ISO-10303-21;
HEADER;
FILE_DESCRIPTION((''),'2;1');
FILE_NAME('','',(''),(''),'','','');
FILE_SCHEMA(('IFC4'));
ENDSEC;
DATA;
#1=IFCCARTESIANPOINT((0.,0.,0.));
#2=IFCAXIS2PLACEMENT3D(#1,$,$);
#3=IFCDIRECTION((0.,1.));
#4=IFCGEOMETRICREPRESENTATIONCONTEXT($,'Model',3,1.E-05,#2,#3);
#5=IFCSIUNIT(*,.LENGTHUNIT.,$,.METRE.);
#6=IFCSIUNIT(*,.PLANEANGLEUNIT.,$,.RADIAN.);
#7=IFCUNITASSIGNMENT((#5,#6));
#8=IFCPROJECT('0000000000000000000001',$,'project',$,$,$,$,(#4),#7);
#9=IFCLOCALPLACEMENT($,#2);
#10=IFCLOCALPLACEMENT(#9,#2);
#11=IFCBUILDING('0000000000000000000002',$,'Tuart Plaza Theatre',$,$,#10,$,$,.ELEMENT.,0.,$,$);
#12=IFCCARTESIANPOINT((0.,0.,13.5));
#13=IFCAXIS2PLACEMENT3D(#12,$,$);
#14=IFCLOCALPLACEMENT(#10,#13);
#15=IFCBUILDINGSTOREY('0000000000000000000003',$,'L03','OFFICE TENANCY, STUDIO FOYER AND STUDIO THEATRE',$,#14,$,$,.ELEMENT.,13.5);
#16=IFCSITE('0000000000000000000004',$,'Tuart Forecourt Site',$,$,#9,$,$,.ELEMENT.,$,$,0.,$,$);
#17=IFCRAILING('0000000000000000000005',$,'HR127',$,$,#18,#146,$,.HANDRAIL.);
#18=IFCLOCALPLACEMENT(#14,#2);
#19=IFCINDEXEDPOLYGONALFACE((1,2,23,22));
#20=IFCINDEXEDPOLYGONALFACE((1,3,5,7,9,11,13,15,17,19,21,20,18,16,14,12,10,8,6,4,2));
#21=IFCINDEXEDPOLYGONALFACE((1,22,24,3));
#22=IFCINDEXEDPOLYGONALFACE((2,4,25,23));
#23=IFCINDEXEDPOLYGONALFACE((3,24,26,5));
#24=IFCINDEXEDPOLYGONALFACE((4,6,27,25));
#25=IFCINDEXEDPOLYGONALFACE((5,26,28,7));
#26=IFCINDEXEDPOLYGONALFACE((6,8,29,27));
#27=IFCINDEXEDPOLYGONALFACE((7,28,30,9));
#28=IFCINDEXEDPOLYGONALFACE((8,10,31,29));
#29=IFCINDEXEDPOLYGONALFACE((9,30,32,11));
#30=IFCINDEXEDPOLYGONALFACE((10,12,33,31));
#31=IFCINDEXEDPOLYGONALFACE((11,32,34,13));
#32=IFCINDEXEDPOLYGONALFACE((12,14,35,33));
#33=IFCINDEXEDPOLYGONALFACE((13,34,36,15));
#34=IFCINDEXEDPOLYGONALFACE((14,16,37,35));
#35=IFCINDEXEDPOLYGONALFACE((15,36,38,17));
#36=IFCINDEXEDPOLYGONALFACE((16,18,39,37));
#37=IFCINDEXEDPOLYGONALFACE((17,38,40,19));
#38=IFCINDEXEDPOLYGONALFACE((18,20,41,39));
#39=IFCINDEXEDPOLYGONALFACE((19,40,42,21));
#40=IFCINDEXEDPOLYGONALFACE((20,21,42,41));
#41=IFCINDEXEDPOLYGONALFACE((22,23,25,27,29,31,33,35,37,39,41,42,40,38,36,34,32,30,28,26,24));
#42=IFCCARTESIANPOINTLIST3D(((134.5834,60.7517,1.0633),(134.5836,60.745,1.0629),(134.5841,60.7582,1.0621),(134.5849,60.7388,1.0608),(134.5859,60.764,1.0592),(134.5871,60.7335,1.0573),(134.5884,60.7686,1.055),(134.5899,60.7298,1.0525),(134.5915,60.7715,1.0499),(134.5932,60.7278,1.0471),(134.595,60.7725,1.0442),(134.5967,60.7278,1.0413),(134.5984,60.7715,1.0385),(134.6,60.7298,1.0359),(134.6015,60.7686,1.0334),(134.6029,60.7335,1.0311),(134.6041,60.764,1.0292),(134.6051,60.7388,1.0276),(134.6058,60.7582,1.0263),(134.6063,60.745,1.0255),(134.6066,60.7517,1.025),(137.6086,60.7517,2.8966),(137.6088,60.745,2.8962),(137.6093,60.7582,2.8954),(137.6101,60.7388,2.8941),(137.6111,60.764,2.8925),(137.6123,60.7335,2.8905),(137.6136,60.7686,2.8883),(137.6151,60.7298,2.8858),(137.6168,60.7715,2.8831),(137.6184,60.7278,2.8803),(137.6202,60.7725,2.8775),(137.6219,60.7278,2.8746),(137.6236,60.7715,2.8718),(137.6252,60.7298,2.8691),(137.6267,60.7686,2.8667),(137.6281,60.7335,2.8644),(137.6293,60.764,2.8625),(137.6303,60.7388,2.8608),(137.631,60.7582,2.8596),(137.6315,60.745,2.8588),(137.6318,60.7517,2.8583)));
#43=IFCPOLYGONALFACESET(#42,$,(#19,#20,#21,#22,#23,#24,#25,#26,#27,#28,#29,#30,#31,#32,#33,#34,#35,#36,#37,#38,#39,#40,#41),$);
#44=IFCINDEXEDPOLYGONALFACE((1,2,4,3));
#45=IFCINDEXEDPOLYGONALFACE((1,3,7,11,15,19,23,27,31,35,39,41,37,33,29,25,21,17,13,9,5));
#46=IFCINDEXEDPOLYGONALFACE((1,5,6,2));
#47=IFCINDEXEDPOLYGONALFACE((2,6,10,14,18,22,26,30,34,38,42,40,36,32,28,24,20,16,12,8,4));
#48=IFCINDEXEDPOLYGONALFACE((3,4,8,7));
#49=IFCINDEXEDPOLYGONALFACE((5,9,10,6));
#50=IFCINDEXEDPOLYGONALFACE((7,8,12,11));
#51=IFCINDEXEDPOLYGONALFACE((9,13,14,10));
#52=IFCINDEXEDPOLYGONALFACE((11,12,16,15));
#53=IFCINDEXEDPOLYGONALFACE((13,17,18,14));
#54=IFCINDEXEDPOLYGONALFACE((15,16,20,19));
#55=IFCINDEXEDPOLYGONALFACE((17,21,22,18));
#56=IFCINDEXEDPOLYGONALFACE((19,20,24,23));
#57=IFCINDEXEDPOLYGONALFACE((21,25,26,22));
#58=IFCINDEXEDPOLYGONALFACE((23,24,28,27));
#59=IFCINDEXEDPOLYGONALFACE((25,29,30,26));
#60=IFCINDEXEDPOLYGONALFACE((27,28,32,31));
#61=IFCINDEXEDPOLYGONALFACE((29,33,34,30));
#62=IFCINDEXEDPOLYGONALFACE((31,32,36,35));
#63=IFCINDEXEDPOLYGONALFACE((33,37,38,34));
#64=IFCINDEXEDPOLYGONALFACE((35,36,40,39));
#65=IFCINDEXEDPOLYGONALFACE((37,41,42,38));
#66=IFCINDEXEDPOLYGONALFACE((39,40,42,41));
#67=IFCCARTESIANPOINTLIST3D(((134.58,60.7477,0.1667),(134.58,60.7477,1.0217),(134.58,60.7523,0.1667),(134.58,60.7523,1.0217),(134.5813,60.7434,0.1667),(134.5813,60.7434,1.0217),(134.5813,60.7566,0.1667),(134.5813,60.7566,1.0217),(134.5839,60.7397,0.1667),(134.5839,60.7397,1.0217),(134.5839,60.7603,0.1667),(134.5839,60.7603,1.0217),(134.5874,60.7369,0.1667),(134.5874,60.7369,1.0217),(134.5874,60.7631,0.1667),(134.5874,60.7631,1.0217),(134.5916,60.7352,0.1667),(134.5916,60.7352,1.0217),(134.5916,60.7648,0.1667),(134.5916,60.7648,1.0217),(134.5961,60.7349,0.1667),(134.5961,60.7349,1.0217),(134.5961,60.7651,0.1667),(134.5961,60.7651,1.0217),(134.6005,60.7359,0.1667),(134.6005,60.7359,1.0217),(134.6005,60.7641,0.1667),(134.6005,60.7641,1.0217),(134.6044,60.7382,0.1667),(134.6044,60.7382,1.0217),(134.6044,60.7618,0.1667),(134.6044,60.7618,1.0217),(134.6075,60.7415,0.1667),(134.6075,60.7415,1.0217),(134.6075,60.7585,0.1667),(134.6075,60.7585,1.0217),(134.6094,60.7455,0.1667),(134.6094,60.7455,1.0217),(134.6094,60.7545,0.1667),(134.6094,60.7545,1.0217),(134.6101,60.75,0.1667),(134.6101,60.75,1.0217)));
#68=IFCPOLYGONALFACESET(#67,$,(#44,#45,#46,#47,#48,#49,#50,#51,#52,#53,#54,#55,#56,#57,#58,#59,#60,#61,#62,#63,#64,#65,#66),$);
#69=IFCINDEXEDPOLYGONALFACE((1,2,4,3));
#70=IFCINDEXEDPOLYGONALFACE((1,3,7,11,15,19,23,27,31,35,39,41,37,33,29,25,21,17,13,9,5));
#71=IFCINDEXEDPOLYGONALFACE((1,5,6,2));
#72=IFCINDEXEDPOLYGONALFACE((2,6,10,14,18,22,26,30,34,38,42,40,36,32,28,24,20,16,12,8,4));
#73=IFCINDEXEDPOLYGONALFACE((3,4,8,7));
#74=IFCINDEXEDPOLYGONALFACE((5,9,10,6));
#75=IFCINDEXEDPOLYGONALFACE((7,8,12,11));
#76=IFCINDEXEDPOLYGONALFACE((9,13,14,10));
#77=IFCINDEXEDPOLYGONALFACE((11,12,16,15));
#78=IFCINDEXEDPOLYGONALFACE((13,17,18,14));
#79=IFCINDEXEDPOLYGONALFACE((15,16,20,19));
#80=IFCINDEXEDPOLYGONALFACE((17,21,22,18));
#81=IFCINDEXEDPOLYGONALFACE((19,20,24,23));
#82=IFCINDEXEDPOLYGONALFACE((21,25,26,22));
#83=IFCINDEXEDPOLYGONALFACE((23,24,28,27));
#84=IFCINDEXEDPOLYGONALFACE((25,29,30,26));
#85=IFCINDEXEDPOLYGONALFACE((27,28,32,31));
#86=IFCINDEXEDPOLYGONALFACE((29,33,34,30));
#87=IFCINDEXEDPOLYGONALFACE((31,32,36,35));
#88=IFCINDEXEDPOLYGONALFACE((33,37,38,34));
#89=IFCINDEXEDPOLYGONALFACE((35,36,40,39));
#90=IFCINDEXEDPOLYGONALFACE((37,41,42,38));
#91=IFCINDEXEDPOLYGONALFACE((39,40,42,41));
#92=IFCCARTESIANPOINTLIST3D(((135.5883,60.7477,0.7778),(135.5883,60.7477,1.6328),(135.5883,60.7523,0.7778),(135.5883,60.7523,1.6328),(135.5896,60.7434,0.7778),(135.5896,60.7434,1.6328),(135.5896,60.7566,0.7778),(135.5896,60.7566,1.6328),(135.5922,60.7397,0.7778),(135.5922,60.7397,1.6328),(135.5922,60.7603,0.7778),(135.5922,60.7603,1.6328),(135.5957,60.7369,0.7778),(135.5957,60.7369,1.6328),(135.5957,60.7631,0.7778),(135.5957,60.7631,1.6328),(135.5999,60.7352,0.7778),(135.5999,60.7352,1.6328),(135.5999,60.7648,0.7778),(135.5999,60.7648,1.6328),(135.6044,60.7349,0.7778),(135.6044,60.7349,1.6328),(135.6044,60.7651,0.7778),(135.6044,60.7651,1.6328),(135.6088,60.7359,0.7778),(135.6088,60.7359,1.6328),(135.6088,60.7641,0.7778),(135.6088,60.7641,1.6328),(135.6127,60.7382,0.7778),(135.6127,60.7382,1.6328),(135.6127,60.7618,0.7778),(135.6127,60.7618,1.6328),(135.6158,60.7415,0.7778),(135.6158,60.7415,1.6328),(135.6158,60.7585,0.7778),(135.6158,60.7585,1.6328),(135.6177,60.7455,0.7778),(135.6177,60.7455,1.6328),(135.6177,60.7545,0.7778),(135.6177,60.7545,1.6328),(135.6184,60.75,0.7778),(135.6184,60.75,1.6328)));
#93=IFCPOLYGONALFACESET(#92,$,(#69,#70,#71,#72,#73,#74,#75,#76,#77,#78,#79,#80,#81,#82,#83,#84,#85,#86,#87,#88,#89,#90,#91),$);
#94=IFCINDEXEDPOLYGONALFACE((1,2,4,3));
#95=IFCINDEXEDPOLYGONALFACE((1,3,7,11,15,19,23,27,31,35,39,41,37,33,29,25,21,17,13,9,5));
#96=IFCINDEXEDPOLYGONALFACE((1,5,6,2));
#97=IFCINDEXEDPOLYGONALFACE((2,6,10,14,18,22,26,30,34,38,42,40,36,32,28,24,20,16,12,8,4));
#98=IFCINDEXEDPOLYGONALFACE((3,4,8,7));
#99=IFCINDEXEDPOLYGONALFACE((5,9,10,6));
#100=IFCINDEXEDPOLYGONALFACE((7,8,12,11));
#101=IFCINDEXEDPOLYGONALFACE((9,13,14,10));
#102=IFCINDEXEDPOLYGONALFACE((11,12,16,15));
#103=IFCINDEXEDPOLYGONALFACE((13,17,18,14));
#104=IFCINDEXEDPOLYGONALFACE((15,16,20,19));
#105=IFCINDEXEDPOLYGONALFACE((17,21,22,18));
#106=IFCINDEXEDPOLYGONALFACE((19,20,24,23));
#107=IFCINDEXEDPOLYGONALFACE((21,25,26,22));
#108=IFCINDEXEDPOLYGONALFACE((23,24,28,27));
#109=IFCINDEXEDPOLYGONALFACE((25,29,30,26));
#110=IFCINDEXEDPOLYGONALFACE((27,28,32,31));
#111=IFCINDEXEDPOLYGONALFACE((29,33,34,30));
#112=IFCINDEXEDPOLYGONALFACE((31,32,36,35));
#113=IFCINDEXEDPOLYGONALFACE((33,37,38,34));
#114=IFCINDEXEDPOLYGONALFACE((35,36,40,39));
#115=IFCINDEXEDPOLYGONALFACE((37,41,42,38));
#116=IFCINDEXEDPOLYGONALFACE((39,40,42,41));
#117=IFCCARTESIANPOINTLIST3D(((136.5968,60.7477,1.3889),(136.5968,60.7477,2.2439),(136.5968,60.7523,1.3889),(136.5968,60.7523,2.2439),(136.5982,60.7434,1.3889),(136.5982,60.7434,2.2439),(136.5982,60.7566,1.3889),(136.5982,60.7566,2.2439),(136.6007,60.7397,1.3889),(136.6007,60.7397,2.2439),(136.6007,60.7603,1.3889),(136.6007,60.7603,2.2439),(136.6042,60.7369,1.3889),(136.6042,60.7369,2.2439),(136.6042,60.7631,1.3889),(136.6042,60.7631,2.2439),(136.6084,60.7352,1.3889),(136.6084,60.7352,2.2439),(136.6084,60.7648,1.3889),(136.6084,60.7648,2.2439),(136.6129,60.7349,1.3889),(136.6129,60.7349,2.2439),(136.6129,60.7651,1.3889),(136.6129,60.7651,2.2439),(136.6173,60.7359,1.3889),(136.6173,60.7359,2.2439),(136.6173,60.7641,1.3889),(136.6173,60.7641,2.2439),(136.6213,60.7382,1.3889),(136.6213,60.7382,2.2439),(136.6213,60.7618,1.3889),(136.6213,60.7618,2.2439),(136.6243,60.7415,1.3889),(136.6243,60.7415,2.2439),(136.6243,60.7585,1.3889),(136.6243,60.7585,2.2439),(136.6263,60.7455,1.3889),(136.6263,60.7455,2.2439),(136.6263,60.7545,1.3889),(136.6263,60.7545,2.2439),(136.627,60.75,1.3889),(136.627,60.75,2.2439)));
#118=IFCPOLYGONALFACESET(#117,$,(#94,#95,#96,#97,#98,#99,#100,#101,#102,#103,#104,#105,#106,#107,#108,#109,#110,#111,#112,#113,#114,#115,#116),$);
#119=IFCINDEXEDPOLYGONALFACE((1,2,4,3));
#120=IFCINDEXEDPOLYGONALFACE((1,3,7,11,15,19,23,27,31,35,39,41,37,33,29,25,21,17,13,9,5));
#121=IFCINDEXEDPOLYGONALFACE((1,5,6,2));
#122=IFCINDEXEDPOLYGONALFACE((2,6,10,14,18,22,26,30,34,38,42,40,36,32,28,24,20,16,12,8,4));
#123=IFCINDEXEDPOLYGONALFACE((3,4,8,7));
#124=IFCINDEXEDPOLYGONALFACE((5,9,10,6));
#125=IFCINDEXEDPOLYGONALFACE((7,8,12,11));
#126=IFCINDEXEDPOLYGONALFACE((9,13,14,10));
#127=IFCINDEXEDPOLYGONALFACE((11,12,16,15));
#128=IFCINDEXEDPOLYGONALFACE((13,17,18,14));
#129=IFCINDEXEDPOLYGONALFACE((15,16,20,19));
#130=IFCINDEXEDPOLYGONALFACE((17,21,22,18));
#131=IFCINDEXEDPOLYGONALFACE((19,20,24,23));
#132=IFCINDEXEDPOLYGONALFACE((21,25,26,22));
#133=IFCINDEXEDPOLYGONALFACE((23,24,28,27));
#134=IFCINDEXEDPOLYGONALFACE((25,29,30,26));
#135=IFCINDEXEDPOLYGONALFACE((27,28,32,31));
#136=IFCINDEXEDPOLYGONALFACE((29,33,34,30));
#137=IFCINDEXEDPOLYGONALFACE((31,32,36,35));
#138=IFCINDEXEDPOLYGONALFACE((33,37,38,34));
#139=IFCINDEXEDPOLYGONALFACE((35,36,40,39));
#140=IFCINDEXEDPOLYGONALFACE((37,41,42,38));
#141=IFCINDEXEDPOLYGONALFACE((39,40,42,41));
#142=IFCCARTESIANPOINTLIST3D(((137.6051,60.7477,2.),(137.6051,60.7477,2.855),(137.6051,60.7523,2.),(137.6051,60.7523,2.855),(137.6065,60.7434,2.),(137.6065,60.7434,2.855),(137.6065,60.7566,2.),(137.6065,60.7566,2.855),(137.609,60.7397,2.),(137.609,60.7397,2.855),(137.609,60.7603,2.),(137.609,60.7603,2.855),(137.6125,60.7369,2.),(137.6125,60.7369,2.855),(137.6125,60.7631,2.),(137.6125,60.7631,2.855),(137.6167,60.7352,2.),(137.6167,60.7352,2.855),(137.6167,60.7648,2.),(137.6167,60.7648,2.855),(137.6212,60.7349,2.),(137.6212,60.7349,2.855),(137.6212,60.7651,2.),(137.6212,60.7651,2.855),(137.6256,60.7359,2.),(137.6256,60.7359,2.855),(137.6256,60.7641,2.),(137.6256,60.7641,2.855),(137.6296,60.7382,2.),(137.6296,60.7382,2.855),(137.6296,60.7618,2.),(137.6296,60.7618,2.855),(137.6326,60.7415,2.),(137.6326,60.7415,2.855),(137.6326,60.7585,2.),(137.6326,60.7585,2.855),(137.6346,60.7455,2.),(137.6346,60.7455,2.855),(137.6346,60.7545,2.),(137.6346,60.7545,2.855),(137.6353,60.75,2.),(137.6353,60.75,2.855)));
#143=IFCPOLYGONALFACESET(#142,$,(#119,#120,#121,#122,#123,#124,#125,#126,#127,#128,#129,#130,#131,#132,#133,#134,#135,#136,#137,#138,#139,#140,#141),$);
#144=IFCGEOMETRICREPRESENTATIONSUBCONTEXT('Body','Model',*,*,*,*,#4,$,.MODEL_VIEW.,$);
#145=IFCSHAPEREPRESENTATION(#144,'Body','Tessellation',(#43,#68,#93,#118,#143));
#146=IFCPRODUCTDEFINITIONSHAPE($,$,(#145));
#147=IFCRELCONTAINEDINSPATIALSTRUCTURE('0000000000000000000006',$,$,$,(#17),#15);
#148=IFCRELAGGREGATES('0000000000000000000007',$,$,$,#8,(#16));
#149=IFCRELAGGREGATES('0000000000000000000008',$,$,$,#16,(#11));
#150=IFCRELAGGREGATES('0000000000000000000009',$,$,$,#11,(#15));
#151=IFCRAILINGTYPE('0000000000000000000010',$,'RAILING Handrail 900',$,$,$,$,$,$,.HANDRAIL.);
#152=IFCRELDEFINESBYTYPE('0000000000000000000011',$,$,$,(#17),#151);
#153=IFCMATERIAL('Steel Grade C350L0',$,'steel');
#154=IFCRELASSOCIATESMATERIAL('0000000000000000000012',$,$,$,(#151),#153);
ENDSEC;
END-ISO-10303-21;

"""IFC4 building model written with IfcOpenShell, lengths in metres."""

from ifc_helpers import new_model, si_unit, direction, frame, origin, origin_2d, place, context, subcontext, project, spatial, circle, extrude, material, type_object, element, save


model = new_model("IFC4")

# Units and contexts
model_context = context("Model", 3, precision=1e-05, world=origin(), true_north=direction((0.0, 1.0)))
body_context = subcontext(model_context, "Body", "Model", "MODEL_VIEW")
ifc_project = project(units=[si_unit("LENGTHUNIT", "METRE"), si_unit("PLANEANGLEUNIT", "RADIAN")], contexts=[model_context])

# Site, building, storey
site_placement = place(None, origin())
site = spatial("IfcSite", under=ifc_project, at=site_placement, Name="Tuart Forecourt Site", CompositionType="ELEMENT", RefElevation=0.0)
building_placement = place(site_placement, origin())
building = spatial("IfcBuilding", under=site, at=building_placement, Name="Tuart Plaza Theatre", CompositionType="ELEMENT", ElevationOfRefHeight=0.0)
storey_placement = place(building_placement, frame((0.0, 0.0, 13.5)))
storey = spatial("IfcBuildingStorey", under=building, at=storey_placement, Name="L03", Description="OFFICE TENANCY, STUDIO FOYER AND STUDIO THEATRE", CompositionType="ELEMENT", Elevation=13.5)

# Railing
ifc_material_1 = material(Name="Steel Grade C350L0", Category="steel")
railing_type_1 = type_object("IfcRailingType", Name="RAILING Handrail 900", PredefinedType="HANDRAIL", material=ifc_material_1)
for number, where, name in (
    (1, (134.595, 60.75, 0.1667), "HR127"),
):
    element("IfcRailing", number, at=place(storey_placement, frame(where)), inside=storey, type_object=railing_type_1, Name=name, PredefinedType="HANDRAIL", context=body_context, shape_type="SweptSolid", body=[
        extrude(circle(Radius=0.0225, at=origin_2d()), frame((0.0, 0.0, 0.8774), z_axis=(0.855219, 0.0, 0.518267), x_axis=(0.0, 1.0, 0.0)), (0.0, 0.0, 1.0), 3.5374),
        extrude(circle(Radius=0.0151, at=origin_2d()), origin(), (0.0, 0.0, 1.0), 0.855),
        extrude(circle(Radius=0.0151, at=origin_2d()), frame((1.0083, 0.0, 0.6111)), (0.0, 0.0, 1.0), 0.855),
        extrude(circle(Radius=0.0151, at=origin_2d()), frame((2.0168, 0.0, 1.2222)), (0.0, 0.0, 1.0), 0.855),
        extrude(circle(Radius=0.0151, at=origin_2d()), frame((3.0251, 0.0, 1.8333)), (0.0, 0.0, 1.0), 0.855),
    ])

save(model, "model.ifc")
